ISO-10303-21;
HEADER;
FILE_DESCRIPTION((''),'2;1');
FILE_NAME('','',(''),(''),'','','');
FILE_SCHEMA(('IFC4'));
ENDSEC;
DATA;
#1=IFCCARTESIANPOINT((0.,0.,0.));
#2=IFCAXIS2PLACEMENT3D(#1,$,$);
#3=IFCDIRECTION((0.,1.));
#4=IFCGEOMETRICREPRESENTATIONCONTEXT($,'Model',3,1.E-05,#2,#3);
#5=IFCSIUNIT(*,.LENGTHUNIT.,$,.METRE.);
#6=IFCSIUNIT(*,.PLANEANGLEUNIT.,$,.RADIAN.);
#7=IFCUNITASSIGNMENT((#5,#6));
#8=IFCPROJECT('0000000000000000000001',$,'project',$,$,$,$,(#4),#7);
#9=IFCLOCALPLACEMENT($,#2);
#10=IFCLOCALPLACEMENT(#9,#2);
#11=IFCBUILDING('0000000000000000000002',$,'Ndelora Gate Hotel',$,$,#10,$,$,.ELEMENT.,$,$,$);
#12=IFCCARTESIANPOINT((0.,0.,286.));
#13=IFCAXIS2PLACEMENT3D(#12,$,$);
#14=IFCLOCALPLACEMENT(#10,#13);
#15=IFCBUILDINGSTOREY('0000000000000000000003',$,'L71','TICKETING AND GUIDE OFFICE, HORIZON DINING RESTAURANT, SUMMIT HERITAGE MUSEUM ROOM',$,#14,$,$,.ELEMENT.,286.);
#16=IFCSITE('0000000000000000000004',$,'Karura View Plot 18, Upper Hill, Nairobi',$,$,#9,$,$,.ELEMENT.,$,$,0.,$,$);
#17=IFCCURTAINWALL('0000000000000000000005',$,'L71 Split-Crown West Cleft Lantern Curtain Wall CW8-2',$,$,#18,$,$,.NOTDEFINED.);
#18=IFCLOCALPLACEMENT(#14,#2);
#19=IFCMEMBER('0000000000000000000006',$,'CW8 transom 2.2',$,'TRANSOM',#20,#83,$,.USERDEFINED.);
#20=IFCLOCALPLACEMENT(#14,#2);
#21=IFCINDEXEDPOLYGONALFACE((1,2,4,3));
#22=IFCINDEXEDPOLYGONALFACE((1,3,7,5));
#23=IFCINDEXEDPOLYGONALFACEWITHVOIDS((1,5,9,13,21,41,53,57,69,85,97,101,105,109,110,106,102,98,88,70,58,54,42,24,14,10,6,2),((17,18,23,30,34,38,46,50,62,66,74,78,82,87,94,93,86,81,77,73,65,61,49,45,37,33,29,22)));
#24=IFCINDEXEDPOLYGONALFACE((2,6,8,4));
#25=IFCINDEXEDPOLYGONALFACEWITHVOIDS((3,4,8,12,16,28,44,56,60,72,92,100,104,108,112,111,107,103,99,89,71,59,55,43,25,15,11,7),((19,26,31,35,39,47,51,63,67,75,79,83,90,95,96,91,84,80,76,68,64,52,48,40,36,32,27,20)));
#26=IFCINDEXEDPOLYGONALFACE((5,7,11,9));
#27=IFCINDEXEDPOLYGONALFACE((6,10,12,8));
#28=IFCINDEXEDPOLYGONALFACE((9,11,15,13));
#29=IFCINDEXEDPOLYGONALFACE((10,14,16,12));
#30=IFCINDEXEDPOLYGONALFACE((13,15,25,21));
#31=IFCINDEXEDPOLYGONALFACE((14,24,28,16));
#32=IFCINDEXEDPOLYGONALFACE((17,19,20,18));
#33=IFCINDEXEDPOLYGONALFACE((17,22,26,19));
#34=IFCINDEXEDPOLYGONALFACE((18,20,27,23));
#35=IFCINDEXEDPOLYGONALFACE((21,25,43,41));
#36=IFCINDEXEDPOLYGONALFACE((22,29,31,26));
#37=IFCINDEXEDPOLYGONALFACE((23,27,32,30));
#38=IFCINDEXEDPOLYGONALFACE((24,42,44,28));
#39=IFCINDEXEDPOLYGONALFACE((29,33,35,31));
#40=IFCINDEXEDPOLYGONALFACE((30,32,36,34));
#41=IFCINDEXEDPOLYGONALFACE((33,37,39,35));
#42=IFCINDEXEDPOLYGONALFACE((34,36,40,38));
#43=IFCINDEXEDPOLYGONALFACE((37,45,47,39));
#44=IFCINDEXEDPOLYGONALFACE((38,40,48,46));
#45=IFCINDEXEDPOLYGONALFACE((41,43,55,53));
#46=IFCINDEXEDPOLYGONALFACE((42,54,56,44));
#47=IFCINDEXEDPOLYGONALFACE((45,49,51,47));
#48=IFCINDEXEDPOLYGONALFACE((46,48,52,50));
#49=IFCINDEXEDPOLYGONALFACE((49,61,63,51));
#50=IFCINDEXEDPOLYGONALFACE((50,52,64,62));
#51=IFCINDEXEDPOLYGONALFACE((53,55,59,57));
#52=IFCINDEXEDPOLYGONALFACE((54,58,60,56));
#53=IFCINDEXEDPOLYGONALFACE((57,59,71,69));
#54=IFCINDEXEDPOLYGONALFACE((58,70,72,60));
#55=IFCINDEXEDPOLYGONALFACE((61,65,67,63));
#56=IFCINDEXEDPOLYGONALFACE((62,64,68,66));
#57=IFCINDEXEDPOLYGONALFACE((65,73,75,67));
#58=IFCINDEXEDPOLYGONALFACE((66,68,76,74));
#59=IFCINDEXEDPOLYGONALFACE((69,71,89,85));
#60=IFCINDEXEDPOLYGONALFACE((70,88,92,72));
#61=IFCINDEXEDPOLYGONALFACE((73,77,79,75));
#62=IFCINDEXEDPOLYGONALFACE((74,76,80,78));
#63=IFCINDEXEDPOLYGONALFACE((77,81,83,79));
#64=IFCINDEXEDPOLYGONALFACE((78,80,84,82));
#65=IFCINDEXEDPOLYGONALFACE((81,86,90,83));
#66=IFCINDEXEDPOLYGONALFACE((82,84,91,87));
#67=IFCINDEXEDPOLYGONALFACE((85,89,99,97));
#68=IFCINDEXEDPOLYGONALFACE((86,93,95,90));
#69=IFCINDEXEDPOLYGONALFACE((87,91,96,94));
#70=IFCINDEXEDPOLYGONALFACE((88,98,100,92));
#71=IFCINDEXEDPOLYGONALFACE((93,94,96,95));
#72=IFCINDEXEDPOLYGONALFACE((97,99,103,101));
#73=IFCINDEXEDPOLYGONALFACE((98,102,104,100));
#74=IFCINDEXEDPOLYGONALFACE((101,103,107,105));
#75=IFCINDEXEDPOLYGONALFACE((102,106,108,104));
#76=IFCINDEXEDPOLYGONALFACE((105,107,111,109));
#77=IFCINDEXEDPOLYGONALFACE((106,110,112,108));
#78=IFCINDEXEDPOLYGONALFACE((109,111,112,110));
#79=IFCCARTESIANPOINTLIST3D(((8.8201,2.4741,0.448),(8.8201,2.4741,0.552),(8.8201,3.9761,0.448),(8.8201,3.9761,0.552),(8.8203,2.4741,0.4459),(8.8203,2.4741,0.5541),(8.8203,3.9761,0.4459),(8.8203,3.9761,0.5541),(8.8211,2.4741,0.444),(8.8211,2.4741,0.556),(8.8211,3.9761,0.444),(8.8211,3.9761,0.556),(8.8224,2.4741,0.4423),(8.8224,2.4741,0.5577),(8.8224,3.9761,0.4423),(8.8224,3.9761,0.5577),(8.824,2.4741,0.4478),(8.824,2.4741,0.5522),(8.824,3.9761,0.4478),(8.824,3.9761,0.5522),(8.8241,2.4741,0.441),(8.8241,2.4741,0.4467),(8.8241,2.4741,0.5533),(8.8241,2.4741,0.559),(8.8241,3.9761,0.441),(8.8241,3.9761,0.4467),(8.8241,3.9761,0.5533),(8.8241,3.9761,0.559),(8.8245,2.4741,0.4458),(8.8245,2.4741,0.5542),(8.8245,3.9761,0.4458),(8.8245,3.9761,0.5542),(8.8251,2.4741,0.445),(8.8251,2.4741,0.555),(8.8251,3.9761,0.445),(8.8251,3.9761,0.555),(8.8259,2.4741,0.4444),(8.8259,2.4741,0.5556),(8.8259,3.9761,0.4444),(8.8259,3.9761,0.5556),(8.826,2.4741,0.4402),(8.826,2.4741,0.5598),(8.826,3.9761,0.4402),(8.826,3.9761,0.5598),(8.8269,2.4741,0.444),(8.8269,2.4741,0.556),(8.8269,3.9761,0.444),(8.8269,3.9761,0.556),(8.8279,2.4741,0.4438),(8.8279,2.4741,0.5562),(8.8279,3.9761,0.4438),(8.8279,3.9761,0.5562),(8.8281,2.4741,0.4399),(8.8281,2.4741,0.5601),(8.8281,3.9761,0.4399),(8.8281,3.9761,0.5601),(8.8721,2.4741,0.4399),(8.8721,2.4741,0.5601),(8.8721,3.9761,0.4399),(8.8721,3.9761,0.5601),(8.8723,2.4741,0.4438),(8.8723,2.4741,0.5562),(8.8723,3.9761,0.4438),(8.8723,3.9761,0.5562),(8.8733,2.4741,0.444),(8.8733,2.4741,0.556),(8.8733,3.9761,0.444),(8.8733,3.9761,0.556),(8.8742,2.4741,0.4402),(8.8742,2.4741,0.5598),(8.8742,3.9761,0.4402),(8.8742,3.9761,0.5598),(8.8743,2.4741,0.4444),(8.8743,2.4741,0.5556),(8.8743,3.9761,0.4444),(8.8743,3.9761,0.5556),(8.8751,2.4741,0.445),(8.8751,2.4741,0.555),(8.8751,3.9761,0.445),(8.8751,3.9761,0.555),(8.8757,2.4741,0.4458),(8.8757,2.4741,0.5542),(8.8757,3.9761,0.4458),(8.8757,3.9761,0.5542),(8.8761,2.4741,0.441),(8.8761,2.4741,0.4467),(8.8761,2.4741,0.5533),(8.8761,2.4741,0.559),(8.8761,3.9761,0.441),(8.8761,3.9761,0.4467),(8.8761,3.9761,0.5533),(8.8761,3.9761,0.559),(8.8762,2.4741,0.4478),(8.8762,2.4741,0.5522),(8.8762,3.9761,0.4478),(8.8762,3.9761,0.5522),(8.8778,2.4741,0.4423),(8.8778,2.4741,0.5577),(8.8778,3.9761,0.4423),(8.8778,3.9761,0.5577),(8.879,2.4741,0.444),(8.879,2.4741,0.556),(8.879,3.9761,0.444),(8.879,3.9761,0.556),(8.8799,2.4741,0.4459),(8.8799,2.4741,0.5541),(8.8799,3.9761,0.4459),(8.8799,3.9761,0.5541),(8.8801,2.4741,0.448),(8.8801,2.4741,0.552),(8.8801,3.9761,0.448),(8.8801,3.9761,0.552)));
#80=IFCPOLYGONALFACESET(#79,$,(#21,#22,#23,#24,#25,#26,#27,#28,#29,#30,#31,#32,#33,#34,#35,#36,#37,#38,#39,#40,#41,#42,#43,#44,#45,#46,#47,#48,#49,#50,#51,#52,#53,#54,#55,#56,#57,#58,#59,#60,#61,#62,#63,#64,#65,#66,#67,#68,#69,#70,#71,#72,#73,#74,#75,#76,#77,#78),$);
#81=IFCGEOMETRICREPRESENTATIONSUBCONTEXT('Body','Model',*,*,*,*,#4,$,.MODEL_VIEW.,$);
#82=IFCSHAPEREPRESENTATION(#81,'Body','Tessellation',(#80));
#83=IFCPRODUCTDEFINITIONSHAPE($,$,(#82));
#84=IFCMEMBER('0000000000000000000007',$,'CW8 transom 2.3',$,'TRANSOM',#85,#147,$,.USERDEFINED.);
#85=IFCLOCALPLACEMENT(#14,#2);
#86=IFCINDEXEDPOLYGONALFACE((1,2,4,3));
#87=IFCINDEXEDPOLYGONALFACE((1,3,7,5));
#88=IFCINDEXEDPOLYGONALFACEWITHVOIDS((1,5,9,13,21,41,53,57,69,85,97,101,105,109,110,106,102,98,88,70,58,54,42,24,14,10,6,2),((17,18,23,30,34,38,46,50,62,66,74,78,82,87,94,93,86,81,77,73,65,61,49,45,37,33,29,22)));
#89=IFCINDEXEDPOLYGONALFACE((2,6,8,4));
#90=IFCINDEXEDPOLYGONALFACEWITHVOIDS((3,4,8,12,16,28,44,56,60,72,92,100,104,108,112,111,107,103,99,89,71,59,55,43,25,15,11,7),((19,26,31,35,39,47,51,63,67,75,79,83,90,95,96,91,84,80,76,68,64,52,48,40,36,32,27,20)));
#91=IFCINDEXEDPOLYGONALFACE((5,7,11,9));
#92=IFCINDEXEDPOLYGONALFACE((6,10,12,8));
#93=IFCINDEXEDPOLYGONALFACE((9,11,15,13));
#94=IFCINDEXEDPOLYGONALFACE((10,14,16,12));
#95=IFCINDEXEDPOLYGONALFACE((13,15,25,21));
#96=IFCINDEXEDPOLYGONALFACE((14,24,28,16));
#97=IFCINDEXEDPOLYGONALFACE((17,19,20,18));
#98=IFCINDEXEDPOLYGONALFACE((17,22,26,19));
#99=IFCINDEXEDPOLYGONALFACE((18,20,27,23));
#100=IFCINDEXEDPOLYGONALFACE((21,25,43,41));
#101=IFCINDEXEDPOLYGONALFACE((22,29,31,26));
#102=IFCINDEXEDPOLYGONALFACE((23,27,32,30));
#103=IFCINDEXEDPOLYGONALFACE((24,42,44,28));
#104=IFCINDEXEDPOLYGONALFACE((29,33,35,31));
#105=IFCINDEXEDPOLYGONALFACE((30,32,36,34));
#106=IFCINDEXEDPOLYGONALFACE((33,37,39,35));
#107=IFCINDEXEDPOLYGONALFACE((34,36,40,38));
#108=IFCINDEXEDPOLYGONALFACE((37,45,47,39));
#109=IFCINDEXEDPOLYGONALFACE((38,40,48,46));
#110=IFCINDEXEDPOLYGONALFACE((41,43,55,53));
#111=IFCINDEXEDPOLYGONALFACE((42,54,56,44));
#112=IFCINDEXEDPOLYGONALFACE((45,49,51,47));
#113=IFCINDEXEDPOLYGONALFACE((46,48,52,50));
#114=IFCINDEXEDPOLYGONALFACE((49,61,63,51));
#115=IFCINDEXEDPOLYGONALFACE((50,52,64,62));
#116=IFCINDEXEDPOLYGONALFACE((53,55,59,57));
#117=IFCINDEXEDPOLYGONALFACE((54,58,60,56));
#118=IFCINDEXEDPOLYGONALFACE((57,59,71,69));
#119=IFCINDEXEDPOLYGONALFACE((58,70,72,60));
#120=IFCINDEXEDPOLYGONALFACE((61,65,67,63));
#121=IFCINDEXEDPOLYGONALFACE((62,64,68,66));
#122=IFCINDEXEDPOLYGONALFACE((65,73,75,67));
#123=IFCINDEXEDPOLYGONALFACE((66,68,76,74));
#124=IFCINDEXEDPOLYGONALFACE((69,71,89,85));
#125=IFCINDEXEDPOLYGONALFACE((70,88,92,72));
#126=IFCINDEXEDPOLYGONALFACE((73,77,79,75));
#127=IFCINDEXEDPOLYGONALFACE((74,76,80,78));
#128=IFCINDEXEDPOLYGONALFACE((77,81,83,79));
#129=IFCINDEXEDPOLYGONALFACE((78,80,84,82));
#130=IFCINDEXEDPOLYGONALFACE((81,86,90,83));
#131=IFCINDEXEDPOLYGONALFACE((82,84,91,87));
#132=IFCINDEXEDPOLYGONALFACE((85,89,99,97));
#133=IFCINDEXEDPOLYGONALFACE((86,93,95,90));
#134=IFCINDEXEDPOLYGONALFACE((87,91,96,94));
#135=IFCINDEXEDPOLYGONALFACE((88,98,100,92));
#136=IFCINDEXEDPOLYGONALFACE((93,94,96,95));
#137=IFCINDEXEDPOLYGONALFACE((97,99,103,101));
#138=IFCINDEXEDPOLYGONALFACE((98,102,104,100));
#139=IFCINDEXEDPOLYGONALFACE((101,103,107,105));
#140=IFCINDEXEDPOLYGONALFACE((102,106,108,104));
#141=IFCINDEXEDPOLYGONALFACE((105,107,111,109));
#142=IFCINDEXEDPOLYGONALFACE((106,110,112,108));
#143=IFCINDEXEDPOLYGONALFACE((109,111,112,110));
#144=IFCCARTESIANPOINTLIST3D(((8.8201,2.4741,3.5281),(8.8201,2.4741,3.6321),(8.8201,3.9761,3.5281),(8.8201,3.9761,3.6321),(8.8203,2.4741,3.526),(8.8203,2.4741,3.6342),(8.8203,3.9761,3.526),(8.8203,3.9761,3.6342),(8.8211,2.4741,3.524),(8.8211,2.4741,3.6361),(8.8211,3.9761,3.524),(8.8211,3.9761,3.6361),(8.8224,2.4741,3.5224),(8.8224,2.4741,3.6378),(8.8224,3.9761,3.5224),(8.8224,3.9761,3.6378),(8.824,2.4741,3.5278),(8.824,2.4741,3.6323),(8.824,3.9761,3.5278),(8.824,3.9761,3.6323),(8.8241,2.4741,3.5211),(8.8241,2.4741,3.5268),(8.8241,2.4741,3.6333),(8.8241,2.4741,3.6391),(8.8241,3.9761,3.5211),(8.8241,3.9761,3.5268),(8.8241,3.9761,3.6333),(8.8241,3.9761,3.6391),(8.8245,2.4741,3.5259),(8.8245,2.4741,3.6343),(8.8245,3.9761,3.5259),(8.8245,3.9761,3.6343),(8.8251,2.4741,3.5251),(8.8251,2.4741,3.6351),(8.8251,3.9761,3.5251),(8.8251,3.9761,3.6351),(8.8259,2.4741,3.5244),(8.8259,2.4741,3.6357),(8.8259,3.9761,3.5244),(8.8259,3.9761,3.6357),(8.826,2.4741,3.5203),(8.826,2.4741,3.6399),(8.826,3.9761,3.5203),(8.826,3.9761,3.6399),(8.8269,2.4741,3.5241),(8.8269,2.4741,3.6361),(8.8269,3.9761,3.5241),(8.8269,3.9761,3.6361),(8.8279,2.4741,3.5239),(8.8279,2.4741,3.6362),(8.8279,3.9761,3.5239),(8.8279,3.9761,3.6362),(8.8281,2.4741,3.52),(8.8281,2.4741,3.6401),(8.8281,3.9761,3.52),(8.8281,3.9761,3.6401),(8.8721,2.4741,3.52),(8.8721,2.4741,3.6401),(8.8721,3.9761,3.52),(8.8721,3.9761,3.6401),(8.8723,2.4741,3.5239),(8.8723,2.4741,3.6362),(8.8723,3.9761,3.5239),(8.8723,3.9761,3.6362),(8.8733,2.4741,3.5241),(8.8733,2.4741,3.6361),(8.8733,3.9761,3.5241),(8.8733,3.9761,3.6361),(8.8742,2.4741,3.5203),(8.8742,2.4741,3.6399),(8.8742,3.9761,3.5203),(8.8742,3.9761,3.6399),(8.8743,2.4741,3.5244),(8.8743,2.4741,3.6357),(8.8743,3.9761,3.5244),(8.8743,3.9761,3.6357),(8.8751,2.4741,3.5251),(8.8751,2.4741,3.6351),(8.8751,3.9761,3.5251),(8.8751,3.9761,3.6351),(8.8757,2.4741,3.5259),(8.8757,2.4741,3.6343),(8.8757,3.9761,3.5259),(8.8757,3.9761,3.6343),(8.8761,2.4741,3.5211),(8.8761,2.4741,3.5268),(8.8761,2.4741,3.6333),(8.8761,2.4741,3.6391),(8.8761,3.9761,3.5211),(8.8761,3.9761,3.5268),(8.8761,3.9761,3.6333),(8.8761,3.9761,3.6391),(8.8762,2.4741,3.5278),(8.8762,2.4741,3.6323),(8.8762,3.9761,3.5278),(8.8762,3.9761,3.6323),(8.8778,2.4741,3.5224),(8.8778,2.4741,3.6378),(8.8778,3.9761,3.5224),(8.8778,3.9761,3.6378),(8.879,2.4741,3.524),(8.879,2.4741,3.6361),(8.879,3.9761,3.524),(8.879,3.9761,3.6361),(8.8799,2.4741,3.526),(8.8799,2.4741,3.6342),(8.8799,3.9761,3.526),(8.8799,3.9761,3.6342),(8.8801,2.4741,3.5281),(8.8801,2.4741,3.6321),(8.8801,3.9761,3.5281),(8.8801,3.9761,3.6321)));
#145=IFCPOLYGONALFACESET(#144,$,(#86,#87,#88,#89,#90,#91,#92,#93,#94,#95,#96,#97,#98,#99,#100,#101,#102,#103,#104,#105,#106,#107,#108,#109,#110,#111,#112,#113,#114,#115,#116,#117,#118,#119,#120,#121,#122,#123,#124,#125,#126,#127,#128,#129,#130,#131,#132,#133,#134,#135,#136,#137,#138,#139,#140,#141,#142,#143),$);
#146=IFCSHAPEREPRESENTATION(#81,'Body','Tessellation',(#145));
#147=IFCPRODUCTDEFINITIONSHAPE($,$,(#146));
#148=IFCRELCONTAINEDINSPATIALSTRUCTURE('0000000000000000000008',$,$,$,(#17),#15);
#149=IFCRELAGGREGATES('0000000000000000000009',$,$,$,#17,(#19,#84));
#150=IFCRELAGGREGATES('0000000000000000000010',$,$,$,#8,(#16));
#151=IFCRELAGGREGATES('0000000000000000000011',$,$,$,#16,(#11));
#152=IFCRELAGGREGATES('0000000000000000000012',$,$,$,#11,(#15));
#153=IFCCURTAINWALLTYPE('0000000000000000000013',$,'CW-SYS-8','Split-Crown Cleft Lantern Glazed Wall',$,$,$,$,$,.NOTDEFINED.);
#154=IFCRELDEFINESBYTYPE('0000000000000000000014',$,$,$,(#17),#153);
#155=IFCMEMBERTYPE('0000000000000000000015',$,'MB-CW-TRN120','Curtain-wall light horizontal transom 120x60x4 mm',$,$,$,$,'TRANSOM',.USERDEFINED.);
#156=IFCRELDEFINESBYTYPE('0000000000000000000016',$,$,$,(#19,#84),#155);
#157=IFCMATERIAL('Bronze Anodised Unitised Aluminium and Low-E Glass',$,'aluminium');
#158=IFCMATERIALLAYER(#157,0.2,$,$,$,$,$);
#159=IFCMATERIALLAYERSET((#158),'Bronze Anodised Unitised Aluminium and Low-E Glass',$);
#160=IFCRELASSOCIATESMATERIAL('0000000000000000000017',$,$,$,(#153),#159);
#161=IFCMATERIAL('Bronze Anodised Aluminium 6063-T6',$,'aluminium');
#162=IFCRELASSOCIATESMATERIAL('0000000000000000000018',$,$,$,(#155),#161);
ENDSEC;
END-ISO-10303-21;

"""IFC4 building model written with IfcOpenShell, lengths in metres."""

from ifc_helpers import new_model, si_unit, direction, frame, origin, origin_2d, place, context, subcontext, project, spatial, hollow_rectangle, extrude, material, layer, layer_set, material_profile, profile_set, type_object, element, aggregate, save


model = new_model("IFC4")

# Units and contexts
model_context = context("Model", 3, precision=1e-05, world=origin(), true_north=direction((0.0, 1.0)))
body_context = subcontext(model_context, "Body", "Model", "MODEL_VIEW")
ifc_project = project(units=[si_unit("LENGTHUNIT", "METRE"), si_unit("PLANEANGLEUNIT", "RADIAN")], contexts=[model_context])

# Site, building, storey
site_placement = place(None, origin())
site = spatial("IfcSite", under=ifc_project, at=site_placement, Name="Karura View Plot 18, Upper Hill, Nairobi", CompositionType="ELEMENT", RefElevation=0.0)
building_placement = place(site_placement, origin())
building = spatial("IfcBuilding", under=site, at=building_placement, Name="Ndelora Gate Hotel", CompositionType="ELEMENT")
storey_placement = place(building_placement, frame((0.0, 0.0, 286.0)))
storey = spatial("IfcBuildingStorey", under=building, at=storey_placement, Name="L71", Description="TICKETING AND GUIDE OFFICE, HORIZON DINING RESTAURANT, SUMMIT HERITAGE MUSEUM ROOM", CompositionType="ELEMENT", Elevation=286.0)

# Curtain wall, members
ifc_material_1 = material(Name="Bronze Anodised Unitised Aluminium and Low-E Glass", Category="aluminium")
ifc_layer_1 = layer(ifc_material_1, 0.2)
ifc_layer_set_1 = layer_set([ifc_layer_1], Name="Bronze Anodised Unitised Aluminium and Low-E Glass")
curtain_wall_type = type_object("IfcCurtainWallType", Name="CW-SYS-8", Description="Split-Crown Cleft Lantern Glazed Wall", PredefinedType="NOTDEFINED", material=ifc_layer_set_1)
curtain_wall_placement = place(storey_placement, origin())
curtain_wall = element("IfcCurtainWall", 1, at=curtain_wall_placement, inside=storey, type_object=curtain_wall_type, Name="L71 Split-Crown West Cleft Lantern Curtain Wall CW8-2", PredefinedType="NOTDEFINED")
ifc_material_2 = material(Name="Bronze Anodised Aluminium 6063-T6", Category="aluminium")
ifc_material_profile_1 = material_profile(ifc_material_2, hollow_rectangle(XDim=0.0601, YDim=0.1201, WallThickness=0.0039, InnerFilletRadius=0.0039, OuterFilletRadius=0.0081, at=origin_2d()), Name="ALU 120x60x4")
ifc_profile_set_1 = profile_set([ifc_material_profile_1], Name="Bronze Anodised Aluminium 6063-T6")
member_type_1 = type_object("IfcMemberType", Name="MB-CW-TRN120", Description="Curtain-wall light horizontal transom 120x60x4 mm", ElementType="TRANSOM", PredefinedType="USERDEFINED", material=ifc_profile_set_1)
member_1_placement = place(storey_placement, frame((8.8501, 2.4741, 0.5), z_axis=(0.0, 1.0, 0.0), x_axis=(-1.0, 0.0, 0.0)))
member_1 = element("IfcMember", 2, at=member_1_placement, type_object=member_type_1, Name="CW8 transom 2.2", ObjectType="TRANSOM", PredefinedType="USERDEFINED", context=body_context, shape_type="SweptSolid", body=[
    extrude(hollow_rectangle(XDim=0.0601, YDim=0.1201, WallThickness=0.0039, InnerFilletRadius=0.0039, OuterFilletRadius=0.0081, at=origin_2d()), origin(), (0.0, 0.0, 1.0), 1.502),
])
member_2_placement = place(storey_placement, frame((8.8501, 2.4741, 3.5801), z_axis=(0.0, 1.0, 0.0), x_axis=(-1.0, 0.0, 0.0)))
member_2 = element("IfcMember", 3, at=member_2_placement, type_object=member_type_1, Name="CW8 transom 2.3", ObjectType="TRANSOM", PredefinedType="USERDEFINED", context=body_context, shape_type="SweptSolid", body=[
    extrude(hollow_rectangle(XDim=0.0601, YDim=0.1201, WallThickness=0.0039, InnerFilletRadius=0.0039, OuterFilletRadius=0.0081, at=origin_2d()), origin(), (0.0, 0.0, 1.0), 1.502),
])
aggregate(curtain_wall, [member_1, member_2])

save(model, "model.ifc")
